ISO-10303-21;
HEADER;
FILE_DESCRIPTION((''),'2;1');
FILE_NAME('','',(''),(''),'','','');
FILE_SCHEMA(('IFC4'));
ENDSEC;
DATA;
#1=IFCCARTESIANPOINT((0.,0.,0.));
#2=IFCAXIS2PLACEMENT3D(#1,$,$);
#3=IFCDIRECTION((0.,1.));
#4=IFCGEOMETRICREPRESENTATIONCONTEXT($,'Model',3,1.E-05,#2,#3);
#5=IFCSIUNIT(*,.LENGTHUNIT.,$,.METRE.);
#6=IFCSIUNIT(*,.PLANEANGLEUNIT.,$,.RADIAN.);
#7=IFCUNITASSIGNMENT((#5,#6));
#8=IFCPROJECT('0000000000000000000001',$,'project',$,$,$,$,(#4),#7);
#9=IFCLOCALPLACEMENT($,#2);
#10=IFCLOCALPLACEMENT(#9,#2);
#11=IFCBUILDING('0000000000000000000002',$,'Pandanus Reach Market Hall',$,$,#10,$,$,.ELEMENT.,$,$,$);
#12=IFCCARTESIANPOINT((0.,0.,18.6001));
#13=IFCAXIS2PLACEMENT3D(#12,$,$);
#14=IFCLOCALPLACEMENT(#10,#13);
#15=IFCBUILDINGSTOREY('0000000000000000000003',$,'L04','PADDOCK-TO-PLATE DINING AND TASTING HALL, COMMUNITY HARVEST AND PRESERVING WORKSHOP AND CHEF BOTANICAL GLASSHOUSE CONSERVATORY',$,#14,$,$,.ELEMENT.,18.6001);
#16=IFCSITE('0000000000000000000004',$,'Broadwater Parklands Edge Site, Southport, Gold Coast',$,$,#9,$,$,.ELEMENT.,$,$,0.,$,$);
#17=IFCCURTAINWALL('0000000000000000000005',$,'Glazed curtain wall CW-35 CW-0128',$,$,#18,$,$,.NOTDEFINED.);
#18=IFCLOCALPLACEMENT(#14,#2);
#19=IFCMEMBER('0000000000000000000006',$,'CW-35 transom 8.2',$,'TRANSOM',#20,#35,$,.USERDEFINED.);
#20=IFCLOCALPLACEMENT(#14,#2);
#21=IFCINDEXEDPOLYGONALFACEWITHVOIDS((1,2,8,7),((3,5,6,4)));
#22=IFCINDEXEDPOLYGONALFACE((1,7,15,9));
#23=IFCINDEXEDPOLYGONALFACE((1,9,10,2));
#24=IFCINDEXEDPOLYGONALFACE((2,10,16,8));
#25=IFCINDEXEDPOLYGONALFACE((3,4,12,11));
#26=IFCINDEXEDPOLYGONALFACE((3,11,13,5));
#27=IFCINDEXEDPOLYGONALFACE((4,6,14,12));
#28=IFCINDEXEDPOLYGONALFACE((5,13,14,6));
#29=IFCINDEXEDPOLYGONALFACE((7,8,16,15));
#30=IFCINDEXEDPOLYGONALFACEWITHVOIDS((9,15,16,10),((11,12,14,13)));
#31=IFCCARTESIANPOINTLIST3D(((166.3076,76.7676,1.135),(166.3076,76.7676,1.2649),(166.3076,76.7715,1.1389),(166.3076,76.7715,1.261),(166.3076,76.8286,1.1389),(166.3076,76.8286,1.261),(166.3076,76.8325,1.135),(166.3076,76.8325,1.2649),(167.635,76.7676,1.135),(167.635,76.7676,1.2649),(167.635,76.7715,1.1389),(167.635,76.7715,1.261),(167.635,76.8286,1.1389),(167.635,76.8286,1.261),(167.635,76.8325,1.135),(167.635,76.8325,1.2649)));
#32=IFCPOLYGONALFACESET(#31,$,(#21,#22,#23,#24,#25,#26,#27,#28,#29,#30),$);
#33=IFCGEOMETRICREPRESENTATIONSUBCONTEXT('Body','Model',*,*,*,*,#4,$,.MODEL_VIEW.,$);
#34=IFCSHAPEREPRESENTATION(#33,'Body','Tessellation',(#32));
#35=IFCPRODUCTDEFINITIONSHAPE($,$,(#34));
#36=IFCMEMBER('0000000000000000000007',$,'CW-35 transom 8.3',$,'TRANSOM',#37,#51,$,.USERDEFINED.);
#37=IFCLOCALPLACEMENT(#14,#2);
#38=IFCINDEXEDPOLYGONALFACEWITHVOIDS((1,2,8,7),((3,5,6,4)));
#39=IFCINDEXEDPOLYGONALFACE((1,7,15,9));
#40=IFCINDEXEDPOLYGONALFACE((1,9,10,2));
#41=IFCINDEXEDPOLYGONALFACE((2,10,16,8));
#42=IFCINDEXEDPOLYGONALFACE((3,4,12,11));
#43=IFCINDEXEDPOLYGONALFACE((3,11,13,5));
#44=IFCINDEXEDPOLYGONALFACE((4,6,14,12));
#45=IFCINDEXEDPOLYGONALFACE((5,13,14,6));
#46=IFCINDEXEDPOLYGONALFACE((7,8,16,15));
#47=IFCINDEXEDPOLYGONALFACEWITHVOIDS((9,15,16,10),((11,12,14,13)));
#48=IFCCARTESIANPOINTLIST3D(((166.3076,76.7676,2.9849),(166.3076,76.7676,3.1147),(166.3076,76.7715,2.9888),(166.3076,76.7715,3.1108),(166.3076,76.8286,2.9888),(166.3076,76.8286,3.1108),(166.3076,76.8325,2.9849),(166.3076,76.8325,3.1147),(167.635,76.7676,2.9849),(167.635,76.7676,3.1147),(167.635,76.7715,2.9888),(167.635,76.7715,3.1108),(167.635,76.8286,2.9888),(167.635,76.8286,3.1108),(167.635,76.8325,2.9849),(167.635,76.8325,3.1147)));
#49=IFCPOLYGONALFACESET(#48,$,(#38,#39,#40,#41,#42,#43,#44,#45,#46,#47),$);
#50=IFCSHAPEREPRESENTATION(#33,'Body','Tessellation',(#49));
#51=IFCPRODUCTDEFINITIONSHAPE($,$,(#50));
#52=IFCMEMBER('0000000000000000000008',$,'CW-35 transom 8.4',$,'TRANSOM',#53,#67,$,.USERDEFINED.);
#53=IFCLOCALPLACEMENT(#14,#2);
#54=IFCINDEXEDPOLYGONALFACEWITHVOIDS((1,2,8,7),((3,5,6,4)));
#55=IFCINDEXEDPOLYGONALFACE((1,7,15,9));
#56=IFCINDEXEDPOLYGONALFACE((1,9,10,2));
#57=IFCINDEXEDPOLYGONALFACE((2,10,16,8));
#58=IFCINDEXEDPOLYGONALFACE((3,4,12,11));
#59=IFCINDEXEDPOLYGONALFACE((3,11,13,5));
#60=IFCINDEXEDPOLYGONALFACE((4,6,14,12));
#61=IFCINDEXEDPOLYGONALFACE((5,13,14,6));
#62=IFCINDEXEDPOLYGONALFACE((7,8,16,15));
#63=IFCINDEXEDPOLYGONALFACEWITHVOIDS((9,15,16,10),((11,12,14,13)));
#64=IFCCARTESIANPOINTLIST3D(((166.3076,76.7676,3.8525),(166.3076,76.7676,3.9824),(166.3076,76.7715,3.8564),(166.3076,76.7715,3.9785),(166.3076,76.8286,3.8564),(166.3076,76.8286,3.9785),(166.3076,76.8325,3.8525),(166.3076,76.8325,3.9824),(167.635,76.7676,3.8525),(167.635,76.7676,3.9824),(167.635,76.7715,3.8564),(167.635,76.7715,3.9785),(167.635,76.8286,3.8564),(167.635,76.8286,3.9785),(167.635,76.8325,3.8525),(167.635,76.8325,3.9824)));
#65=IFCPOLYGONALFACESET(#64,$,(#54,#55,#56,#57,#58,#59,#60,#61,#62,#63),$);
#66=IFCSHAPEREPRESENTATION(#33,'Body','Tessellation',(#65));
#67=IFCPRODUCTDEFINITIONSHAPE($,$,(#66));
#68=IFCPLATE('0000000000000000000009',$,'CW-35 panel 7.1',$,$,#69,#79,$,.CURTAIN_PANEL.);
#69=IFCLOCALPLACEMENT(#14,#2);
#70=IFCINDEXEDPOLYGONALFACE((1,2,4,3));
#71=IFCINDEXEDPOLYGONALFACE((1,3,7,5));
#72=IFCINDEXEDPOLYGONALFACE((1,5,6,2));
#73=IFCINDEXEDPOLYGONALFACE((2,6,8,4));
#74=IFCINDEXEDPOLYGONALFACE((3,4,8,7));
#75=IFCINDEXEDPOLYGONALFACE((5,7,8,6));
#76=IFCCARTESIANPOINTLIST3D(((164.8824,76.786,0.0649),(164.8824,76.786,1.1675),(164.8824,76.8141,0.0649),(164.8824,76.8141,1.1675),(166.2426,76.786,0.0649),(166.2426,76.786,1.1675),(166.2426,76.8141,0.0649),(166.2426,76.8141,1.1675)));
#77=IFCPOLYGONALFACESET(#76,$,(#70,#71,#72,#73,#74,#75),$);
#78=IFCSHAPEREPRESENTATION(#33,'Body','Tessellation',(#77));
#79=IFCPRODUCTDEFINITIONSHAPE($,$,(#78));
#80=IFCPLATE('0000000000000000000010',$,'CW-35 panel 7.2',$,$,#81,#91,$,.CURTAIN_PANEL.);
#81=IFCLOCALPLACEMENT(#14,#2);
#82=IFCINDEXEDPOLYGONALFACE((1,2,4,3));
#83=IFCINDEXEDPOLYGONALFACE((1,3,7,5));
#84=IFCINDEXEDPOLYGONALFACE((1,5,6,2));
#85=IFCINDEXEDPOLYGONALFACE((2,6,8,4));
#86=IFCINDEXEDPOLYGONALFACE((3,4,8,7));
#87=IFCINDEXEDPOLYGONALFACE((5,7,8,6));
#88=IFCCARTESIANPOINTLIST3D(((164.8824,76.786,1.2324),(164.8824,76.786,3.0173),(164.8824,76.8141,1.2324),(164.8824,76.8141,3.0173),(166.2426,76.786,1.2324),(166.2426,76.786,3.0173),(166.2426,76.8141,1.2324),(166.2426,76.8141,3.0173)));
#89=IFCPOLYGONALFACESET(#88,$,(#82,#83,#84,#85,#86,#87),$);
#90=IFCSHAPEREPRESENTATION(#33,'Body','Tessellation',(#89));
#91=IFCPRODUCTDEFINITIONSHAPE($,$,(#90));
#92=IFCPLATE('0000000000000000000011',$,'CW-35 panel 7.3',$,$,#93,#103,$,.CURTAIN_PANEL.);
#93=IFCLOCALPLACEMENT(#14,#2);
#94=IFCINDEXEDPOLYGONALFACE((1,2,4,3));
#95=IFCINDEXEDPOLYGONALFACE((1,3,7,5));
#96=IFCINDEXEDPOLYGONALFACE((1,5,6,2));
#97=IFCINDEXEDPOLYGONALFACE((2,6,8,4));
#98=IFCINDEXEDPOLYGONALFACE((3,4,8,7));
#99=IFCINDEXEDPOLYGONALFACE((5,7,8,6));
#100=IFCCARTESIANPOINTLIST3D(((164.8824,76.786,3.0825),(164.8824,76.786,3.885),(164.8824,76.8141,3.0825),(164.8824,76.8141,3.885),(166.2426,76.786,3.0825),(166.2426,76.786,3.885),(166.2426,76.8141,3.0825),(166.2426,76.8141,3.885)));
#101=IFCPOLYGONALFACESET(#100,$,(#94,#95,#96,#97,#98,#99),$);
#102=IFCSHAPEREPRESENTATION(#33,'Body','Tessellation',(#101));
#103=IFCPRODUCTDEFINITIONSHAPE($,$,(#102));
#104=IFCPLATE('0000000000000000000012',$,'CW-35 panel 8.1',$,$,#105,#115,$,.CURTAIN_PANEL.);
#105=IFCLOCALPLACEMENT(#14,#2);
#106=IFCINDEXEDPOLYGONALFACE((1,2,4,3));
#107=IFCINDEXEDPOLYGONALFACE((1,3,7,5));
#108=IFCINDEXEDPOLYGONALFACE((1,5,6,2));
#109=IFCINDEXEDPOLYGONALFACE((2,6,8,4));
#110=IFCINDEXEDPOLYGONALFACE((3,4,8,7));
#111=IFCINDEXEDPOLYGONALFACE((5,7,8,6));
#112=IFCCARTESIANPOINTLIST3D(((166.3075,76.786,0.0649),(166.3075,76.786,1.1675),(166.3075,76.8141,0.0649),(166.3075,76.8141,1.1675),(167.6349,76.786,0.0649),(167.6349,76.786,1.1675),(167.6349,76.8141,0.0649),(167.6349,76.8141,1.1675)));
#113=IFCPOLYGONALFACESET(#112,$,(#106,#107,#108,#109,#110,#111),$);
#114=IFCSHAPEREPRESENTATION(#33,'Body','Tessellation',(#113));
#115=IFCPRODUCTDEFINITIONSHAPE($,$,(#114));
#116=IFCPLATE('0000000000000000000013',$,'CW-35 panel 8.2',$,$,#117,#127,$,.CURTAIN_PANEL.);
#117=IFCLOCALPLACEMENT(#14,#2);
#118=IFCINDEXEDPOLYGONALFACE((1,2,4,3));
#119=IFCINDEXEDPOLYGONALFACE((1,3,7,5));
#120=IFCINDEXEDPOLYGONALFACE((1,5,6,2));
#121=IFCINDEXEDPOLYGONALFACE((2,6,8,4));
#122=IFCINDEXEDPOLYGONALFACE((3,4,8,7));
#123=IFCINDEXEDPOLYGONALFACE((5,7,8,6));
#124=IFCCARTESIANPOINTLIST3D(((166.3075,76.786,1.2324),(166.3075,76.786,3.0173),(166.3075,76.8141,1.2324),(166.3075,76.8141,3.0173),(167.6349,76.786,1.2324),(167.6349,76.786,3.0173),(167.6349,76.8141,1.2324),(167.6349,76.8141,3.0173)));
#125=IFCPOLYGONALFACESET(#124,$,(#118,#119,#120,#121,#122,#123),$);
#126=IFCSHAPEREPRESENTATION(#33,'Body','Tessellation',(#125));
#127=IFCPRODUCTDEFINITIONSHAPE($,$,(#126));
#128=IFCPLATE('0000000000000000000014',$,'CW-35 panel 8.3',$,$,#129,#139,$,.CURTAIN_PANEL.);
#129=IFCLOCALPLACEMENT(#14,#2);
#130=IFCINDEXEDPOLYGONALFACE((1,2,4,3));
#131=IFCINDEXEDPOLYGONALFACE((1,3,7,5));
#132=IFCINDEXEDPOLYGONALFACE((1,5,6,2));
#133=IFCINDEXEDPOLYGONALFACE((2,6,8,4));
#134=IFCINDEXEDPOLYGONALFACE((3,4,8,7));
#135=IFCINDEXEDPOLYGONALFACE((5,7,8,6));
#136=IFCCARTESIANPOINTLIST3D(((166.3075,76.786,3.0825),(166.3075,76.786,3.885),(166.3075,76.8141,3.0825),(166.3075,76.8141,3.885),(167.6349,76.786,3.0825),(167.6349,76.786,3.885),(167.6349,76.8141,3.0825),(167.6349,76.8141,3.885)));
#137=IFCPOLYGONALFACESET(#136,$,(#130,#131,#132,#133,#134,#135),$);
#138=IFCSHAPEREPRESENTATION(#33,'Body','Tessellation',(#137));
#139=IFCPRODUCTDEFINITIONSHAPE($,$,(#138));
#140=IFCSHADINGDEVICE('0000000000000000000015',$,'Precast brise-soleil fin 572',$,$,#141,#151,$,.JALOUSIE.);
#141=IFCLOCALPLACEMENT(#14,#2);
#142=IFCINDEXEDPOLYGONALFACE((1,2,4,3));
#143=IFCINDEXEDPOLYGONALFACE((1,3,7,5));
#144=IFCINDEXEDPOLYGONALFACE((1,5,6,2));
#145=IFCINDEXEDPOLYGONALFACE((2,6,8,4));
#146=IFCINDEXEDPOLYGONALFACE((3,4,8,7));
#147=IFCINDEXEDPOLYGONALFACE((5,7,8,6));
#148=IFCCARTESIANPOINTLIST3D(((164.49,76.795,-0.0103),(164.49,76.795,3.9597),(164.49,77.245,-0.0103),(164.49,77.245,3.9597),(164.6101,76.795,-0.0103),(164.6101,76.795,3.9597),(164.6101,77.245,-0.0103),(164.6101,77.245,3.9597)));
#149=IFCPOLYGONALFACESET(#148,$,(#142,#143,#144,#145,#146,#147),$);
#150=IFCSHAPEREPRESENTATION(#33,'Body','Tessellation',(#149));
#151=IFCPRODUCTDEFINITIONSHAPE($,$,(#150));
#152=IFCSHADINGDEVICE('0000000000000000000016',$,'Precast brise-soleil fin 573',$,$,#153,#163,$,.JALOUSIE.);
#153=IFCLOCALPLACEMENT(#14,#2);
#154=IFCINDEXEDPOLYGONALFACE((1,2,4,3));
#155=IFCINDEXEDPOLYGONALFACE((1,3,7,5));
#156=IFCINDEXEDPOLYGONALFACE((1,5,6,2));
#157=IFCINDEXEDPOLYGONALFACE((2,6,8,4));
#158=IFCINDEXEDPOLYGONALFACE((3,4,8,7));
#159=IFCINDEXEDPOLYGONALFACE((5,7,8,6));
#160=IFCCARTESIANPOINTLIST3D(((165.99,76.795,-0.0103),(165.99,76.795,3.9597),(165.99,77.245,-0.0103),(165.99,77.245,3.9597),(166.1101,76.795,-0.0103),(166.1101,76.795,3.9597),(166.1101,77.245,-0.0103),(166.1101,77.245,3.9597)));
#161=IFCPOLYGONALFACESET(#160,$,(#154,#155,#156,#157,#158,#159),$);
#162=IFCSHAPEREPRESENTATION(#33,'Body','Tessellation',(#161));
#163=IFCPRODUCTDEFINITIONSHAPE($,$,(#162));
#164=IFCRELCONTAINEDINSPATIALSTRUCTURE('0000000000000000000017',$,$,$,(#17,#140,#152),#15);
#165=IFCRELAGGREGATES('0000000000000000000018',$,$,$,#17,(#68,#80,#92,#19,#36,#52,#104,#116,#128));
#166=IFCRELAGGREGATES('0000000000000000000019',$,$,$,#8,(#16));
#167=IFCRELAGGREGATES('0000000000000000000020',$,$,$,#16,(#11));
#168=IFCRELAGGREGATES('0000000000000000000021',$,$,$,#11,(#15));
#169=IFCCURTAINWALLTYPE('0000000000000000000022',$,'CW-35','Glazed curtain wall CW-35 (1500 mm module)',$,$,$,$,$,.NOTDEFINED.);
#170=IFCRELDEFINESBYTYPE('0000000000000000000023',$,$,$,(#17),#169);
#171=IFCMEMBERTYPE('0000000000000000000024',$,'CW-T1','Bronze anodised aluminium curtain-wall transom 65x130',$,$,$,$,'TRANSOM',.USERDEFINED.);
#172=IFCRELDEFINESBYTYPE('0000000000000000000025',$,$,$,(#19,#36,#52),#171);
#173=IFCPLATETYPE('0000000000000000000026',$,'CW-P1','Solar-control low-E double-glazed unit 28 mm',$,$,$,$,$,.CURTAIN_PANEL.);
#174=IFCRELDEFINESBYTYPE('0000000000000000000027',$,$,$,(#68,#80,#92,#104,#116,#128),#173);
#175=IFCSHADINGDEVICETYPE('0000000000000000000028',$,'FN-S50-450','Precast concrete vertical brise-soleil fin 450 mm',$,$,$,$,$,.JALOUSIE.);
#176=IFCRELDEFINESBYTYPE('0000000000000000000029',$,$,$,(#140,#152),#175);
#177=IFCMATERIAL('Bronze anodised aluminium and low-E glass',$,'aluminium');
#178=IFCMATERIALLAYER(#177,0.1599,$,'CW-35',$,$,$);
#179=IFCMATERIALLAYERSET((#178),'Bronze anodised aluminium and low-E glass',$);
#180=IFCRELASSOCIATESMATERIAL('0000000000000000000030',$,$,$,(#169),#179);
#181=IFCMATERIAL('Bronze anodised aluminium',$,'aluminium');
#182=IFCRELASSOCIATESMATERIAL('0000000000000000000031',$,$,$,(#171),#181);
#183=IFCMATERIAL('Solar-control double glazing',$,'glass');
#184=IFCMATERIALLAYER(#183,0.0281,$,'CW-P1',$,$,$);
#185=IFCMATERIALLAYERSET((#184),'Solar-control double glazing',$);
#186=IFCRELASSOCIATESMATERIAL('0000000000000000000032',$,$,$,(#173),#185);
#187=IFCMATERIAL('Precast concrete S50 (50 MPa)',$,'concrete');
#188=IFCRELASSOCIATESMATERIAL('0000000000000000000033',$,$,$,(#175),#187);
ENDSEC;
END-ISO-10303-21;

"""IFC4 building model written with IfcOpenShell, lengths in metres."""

from ifc_helpers import new_model, si_unit, direction, frame, origin, origin_2d, place, context, subcontext, project, spatial, rectangle, hollow_rectangle, extrude, material, layer, layer_set, material_profile, profile_set, type_object, element, aggregate, save


model = new_model("IFC4")

# Units and contexts
model_context = context("Model", 3, precision=1e-05, world=origin(), true_north=direction((0.0, 1.0)))
body_context = subcontext(model_context, "Body", "Model", "MODEL_VIEW")
ifc_project = project(units=[si_unit("LENGTHUNIT", "METRE"), si_unit("PLANEANGLEUNIT", "RADIAN")], contexts=[model_context])

# Site, building, storey
site_placement = place(None, origin())
site = spatial("IfcSite", under=ifc_project, at=site_placement, Name="Broadwater Parklands Edge Site, Southport, Gold Coast", CompositionType="ELEMENT", RefElevation=0.0)
building_placement = place(site_placement, origin())
building = spatial("IfcBuilding", under=site, at=building_placement, Name="Pandanus Reach Market Hall", CompositionType="ELEMENT")
storey_placement = place(building_placement, frame((0.0, 0.0, 18.6001)))
storey = spatial("IfcBuildingStorey", under=building, at=storey_placement, Name="L04", Description="PADDOCK-TO-PLATE DINING AND TASTING HALL, COMMUNITY HARVEST AND PRESERVING WORKSHOP AND CHEF BOTANICAL GLASSHOUSE CONSERVATORY", CompositionType="ELEMENT", Elevation=18.6001)

# Curtain wall
ifc_material_1 = material(Name="Bronze anodised aluminium and low-E glass", Category="aluminium")
ifc_layer_1 = layer(ifc_material_1, 0.1599, Name="CW-35")
ifc_layer_set_1 = layer_set([ifc_layer_1], Name="Bronze anodised aluminium and low-E glass")
curtain_wall_type = type_object("IfcCurtainWallType", Name="CW-35", Description="Glazed curtain wall CW-35 (1500 mm module)", PredefinedType="NOTDEFINED", material=ifc_layer_set_1)
curtain_wall_1_placement = place(storey_placement, origin())
curtain_wall_1 = element("IfcCurtainWall", 1, at=curtain_wall_1_placement, inside=storey, type_object=curtain_wall_type, Name="Glazed curtain wall CW-35 CW-0128", PredefinedType="NOTDEFINED")
ifc_material_2 = material(Name="Bronze anodised aluminium", Category="aluminium")

# Members
ifc_material_profile_1 = material_profile(ifc_material_2, hollow_rectangle(XDim=0.0649, YDim=0.1299, WallThickness=0.0039, at=origin_2d()), Name="ALU65x130", Category="LoadBearing")
ifc_profile_set_1 = profile_set([ifc_material_profile_1], Name="Bronze anodised aluminium")
member_type_1 = type_object("IfcMemberType", Name="CW-T1", Description="Bronze anodised aluminium curtain-wall transom 65x130", ElementType="TRANSOM", PredefinedType="USERDEFINED", material=ifc_profile_set_1)
member_1_placement = place(storey_placement, frame((166.3076, 76.8, 1.2), z_axis=(1.0, 0.0, 0.0), x_axis=(0.0, 1.0, 0.0)))
member_1 = element("IfcMember", 2, at=member_1_placement, type_object=member_type_1, Name="CW-35 transom 8.2", ObjectType="TRANSOM", PredefinedType="USERDEFINED", context=body_context, shape_type="SweptSolid", body=[
    extrude(hollow_rectangle(XDim=0.0649, YDim=0.1299, WallThickness=0.0039, at=origin_2d()), origin(), (0.0, 0.0, 1.0), 1.3274),
])
member_2_placement = place(storey_placement, frame((166.3076, 76.8, 3.0498), z_axis=(1.0, 0.0, 0.0), x_axis=(0.0, 1.0, 0.0)))
member_2 = element("IfcMember", 3, at=member_2_placement, type_object=member_type_1, Name="CW-35 transom 8.3", ObjectType="TRANSOM", PredefinedType="USERDEFINED", context=body_context, shape_type="SweptSolid", body=[
    extrude(hollow_rectangle(XDim=0.0649, YDim=0.1299, WallThickness=0.0039, at=origin_2d()), origin(), (0.0, 0.0, 1.0), 1.3274),
])
member_3_placement = place(storey_placement, frame((166.3076, 76.8, 3.9175), z_axis=(1.0, 0.0, 0.0), x_axis=(0.0, 1.0, 0.0)))
member_3 = element("IfcMember", 4, at=member_3_placement, type_object=member_type_1, Name="CW-35 transom 8.4", ObjectType="TRANSOM", PredefinedType="USERDEFINED", context=body_context, shape_type="SweptSolid", body=[
    extrude(hollow_rectangle(XDim=0.0649, YDim=0.1299, WallThickness=0.0039, at=origin_2d()), origin(), (0.0, 0.0, 1.0), 1.3274),
])

# Plates
ifc_material_3 = material(Name="Solar-control double glazing", Category="glass")
ifc_layer_2 = layer(ifc_material_3, 0.0281, Name="CW-P1")
ifc_layer_set_2 = layer_set([ifc_layer_2], Name="Solar-control double glazing")
plate_type = type_object("IfcPlateType", Name="CW-P1", Description="Solar-control low-E double-glazed unit 28 mm", PredefinedType="CURTAIN_PANEL", material=ifc_layer_set_2)
plate_1_placement = place(storey_placement, frame((165.5625, 76.8, 0.0649), z_axis=(0.0, 0.0, 1.0), x_axis=(1.0, 0.0, 0.0)))
plate_1 = element("IfcPlate", 5, at=plate_1_placement, type_object=plate_type, Name="CW-35 panel 7.1", PredefinedType="CURTAIN_PANEL", context=body_context, shape_type="SweptSolid", body=[
    extrude(rectangle(XDim=1.3601, YDim=0.0281, at=origin_2d()), origin(), (0.0, 0.0, 1.0), 1.1025),
])
plate_2_placement = place(storey_placement, frame((165.5625, 76.8, 1.2324), z_axis=(0.0, 0.0, 1.0), x_axis=(1.0, 0.0, 0.0)))
plate_2 = element("IfcPlate", 6, at=plate_2_placement, type_object=plate_type, Name="CW-35 panel 7.2", PredefinedType="CURTAIN_PANEL", context=body_context, shape_type="SweptSolid", body=[
    extrude(rectangle(XDim=1.3601, YDim=0.0281, at=origin_2d()), origin(), (0.0, 0.0, 1.0), 1.7849),
])
plate_3_placement = place(storey_placement, frame((165.5625, 76.8, 3.0825), z_axis=(0.0, 0.0, 1.0), x_axis=(1.0, 0.0, 0.0)))
plate_3 = element("IfcPlate", 7, at=plate_3_placement, type_object=plate_type, Name="CW-35 panel 7.3", PredefinedType="CURTAIN_PANEL", context=body_context, shape_type="SweptSolid", body=[
    extrude(rectangle(XDim=1.3601, YDim=0.0281, at=origin_2d()), origin(), (0.0, 0.0, 1.0), 0.8025),
])
plate_4_placement = place(storey_placement, frame((166.9712, 76.8, 0.0649), z_axis=(0.0, 0.0, 1.0), x_axis=(1.0, 0.0, 0.0)))
plate_4 = element("IfcPlate", 8, at=plate_4_placement, type_object=plate_type, Name="CW-35 panel 8.1", PredefinedType="CURTAIN_PANEL", context=body_context, shape_type="SweptSolid", body=[
    extrude(rectangle(XDim=1.3274, YDim=0.0281, at=origin_2d()), origin(), (0.0, 0.0, 1.0), 1.1025),
])
plate_5_placement = place(storey_placement, frame((166.9712, 76.8, 1.2324), z_axis=(0.0, 0.0, 1.0), x_axis=(1.0, 0.0, 0.0)))
plate_5 = element("IfcPlate", 9, at=plate_5_placement, type_object=plate_type, Name="CW-35 panel 8.2", PredefinedType="CURTAIN_PANEL", context=body_context, shape_type="SweptSolid", body=[
    extrude(rectangle(XDim=1.3274, YDim=0.0281, at=origin_2d()), origin(), (0.0, 0.0, 1.0), 1.7849),
])
plate_6_placement = place(storey_placement, frame((166.9712, 76.8, 3.0825), z_axis=(0.0, 0.0, 1.0), x_axis=(1.0, 0.0, 0.0)))
plate_6 = element("IfcPlate", 10, at=plate_6_placement, type_object=plate_type, Name="CW-35 panel 8.3", PredefinedType="CURTAIN_PANEL", context=body_context, shape_type="SweptSolid", body=[
    extrude(rectangle(XDim=1.3274, YDim=0.0281, at=origin_2d()), origin(), (0.0, 0.0, 1.0), 0.8025),
])
aggregate(curtain_wall_1, [plate_1, plate_2, plate_3, member_1, member_2, member_3, plate_4, plate_5, plate_6])

# Shading devices
ifc_material_4 = material(Name="Precast concrete S50 (50 MPa)", Category="concrete")
shading_device_type = type_object("IfcShadingDeviceType", Name="FN-S50-450", Description="Precast concrete vertical brise-soleil fin 450 mm", PredefinedType="JALOUSIE", material=ifc_material_4)
for number, where, z_axis, x_axis, name in (
    (11, (164.55, 77.02, -0.0103), (0.0, 0.0, 1.0), (0.0, 1.0, 0.0), "Precast brise-soleil fin 572"),
    (12, (166.05, 77.02, -0.0103), (0.0, 0.0, 1.0), (0.0, 1.0, 0.0), "Precast brise-soleil fin 573"),
):
    element("IfcShadingDevice", number, at=place(storey_placement, frame(where, z_axis=z_axis, x_axis=x_axis)), inside=storey, type_object=shading_device_type, Name=name, PredefinedType="JALOUSIE", context=body_context, shape_type="SweptSolid", body=[
        extrude(rectangle(XDim=0.45, YDim=0.1201, at=origin_2d()), origin(), (0.0, 0.0, 1.0), 3.97),
    ])

save(model, "model.ifc")
